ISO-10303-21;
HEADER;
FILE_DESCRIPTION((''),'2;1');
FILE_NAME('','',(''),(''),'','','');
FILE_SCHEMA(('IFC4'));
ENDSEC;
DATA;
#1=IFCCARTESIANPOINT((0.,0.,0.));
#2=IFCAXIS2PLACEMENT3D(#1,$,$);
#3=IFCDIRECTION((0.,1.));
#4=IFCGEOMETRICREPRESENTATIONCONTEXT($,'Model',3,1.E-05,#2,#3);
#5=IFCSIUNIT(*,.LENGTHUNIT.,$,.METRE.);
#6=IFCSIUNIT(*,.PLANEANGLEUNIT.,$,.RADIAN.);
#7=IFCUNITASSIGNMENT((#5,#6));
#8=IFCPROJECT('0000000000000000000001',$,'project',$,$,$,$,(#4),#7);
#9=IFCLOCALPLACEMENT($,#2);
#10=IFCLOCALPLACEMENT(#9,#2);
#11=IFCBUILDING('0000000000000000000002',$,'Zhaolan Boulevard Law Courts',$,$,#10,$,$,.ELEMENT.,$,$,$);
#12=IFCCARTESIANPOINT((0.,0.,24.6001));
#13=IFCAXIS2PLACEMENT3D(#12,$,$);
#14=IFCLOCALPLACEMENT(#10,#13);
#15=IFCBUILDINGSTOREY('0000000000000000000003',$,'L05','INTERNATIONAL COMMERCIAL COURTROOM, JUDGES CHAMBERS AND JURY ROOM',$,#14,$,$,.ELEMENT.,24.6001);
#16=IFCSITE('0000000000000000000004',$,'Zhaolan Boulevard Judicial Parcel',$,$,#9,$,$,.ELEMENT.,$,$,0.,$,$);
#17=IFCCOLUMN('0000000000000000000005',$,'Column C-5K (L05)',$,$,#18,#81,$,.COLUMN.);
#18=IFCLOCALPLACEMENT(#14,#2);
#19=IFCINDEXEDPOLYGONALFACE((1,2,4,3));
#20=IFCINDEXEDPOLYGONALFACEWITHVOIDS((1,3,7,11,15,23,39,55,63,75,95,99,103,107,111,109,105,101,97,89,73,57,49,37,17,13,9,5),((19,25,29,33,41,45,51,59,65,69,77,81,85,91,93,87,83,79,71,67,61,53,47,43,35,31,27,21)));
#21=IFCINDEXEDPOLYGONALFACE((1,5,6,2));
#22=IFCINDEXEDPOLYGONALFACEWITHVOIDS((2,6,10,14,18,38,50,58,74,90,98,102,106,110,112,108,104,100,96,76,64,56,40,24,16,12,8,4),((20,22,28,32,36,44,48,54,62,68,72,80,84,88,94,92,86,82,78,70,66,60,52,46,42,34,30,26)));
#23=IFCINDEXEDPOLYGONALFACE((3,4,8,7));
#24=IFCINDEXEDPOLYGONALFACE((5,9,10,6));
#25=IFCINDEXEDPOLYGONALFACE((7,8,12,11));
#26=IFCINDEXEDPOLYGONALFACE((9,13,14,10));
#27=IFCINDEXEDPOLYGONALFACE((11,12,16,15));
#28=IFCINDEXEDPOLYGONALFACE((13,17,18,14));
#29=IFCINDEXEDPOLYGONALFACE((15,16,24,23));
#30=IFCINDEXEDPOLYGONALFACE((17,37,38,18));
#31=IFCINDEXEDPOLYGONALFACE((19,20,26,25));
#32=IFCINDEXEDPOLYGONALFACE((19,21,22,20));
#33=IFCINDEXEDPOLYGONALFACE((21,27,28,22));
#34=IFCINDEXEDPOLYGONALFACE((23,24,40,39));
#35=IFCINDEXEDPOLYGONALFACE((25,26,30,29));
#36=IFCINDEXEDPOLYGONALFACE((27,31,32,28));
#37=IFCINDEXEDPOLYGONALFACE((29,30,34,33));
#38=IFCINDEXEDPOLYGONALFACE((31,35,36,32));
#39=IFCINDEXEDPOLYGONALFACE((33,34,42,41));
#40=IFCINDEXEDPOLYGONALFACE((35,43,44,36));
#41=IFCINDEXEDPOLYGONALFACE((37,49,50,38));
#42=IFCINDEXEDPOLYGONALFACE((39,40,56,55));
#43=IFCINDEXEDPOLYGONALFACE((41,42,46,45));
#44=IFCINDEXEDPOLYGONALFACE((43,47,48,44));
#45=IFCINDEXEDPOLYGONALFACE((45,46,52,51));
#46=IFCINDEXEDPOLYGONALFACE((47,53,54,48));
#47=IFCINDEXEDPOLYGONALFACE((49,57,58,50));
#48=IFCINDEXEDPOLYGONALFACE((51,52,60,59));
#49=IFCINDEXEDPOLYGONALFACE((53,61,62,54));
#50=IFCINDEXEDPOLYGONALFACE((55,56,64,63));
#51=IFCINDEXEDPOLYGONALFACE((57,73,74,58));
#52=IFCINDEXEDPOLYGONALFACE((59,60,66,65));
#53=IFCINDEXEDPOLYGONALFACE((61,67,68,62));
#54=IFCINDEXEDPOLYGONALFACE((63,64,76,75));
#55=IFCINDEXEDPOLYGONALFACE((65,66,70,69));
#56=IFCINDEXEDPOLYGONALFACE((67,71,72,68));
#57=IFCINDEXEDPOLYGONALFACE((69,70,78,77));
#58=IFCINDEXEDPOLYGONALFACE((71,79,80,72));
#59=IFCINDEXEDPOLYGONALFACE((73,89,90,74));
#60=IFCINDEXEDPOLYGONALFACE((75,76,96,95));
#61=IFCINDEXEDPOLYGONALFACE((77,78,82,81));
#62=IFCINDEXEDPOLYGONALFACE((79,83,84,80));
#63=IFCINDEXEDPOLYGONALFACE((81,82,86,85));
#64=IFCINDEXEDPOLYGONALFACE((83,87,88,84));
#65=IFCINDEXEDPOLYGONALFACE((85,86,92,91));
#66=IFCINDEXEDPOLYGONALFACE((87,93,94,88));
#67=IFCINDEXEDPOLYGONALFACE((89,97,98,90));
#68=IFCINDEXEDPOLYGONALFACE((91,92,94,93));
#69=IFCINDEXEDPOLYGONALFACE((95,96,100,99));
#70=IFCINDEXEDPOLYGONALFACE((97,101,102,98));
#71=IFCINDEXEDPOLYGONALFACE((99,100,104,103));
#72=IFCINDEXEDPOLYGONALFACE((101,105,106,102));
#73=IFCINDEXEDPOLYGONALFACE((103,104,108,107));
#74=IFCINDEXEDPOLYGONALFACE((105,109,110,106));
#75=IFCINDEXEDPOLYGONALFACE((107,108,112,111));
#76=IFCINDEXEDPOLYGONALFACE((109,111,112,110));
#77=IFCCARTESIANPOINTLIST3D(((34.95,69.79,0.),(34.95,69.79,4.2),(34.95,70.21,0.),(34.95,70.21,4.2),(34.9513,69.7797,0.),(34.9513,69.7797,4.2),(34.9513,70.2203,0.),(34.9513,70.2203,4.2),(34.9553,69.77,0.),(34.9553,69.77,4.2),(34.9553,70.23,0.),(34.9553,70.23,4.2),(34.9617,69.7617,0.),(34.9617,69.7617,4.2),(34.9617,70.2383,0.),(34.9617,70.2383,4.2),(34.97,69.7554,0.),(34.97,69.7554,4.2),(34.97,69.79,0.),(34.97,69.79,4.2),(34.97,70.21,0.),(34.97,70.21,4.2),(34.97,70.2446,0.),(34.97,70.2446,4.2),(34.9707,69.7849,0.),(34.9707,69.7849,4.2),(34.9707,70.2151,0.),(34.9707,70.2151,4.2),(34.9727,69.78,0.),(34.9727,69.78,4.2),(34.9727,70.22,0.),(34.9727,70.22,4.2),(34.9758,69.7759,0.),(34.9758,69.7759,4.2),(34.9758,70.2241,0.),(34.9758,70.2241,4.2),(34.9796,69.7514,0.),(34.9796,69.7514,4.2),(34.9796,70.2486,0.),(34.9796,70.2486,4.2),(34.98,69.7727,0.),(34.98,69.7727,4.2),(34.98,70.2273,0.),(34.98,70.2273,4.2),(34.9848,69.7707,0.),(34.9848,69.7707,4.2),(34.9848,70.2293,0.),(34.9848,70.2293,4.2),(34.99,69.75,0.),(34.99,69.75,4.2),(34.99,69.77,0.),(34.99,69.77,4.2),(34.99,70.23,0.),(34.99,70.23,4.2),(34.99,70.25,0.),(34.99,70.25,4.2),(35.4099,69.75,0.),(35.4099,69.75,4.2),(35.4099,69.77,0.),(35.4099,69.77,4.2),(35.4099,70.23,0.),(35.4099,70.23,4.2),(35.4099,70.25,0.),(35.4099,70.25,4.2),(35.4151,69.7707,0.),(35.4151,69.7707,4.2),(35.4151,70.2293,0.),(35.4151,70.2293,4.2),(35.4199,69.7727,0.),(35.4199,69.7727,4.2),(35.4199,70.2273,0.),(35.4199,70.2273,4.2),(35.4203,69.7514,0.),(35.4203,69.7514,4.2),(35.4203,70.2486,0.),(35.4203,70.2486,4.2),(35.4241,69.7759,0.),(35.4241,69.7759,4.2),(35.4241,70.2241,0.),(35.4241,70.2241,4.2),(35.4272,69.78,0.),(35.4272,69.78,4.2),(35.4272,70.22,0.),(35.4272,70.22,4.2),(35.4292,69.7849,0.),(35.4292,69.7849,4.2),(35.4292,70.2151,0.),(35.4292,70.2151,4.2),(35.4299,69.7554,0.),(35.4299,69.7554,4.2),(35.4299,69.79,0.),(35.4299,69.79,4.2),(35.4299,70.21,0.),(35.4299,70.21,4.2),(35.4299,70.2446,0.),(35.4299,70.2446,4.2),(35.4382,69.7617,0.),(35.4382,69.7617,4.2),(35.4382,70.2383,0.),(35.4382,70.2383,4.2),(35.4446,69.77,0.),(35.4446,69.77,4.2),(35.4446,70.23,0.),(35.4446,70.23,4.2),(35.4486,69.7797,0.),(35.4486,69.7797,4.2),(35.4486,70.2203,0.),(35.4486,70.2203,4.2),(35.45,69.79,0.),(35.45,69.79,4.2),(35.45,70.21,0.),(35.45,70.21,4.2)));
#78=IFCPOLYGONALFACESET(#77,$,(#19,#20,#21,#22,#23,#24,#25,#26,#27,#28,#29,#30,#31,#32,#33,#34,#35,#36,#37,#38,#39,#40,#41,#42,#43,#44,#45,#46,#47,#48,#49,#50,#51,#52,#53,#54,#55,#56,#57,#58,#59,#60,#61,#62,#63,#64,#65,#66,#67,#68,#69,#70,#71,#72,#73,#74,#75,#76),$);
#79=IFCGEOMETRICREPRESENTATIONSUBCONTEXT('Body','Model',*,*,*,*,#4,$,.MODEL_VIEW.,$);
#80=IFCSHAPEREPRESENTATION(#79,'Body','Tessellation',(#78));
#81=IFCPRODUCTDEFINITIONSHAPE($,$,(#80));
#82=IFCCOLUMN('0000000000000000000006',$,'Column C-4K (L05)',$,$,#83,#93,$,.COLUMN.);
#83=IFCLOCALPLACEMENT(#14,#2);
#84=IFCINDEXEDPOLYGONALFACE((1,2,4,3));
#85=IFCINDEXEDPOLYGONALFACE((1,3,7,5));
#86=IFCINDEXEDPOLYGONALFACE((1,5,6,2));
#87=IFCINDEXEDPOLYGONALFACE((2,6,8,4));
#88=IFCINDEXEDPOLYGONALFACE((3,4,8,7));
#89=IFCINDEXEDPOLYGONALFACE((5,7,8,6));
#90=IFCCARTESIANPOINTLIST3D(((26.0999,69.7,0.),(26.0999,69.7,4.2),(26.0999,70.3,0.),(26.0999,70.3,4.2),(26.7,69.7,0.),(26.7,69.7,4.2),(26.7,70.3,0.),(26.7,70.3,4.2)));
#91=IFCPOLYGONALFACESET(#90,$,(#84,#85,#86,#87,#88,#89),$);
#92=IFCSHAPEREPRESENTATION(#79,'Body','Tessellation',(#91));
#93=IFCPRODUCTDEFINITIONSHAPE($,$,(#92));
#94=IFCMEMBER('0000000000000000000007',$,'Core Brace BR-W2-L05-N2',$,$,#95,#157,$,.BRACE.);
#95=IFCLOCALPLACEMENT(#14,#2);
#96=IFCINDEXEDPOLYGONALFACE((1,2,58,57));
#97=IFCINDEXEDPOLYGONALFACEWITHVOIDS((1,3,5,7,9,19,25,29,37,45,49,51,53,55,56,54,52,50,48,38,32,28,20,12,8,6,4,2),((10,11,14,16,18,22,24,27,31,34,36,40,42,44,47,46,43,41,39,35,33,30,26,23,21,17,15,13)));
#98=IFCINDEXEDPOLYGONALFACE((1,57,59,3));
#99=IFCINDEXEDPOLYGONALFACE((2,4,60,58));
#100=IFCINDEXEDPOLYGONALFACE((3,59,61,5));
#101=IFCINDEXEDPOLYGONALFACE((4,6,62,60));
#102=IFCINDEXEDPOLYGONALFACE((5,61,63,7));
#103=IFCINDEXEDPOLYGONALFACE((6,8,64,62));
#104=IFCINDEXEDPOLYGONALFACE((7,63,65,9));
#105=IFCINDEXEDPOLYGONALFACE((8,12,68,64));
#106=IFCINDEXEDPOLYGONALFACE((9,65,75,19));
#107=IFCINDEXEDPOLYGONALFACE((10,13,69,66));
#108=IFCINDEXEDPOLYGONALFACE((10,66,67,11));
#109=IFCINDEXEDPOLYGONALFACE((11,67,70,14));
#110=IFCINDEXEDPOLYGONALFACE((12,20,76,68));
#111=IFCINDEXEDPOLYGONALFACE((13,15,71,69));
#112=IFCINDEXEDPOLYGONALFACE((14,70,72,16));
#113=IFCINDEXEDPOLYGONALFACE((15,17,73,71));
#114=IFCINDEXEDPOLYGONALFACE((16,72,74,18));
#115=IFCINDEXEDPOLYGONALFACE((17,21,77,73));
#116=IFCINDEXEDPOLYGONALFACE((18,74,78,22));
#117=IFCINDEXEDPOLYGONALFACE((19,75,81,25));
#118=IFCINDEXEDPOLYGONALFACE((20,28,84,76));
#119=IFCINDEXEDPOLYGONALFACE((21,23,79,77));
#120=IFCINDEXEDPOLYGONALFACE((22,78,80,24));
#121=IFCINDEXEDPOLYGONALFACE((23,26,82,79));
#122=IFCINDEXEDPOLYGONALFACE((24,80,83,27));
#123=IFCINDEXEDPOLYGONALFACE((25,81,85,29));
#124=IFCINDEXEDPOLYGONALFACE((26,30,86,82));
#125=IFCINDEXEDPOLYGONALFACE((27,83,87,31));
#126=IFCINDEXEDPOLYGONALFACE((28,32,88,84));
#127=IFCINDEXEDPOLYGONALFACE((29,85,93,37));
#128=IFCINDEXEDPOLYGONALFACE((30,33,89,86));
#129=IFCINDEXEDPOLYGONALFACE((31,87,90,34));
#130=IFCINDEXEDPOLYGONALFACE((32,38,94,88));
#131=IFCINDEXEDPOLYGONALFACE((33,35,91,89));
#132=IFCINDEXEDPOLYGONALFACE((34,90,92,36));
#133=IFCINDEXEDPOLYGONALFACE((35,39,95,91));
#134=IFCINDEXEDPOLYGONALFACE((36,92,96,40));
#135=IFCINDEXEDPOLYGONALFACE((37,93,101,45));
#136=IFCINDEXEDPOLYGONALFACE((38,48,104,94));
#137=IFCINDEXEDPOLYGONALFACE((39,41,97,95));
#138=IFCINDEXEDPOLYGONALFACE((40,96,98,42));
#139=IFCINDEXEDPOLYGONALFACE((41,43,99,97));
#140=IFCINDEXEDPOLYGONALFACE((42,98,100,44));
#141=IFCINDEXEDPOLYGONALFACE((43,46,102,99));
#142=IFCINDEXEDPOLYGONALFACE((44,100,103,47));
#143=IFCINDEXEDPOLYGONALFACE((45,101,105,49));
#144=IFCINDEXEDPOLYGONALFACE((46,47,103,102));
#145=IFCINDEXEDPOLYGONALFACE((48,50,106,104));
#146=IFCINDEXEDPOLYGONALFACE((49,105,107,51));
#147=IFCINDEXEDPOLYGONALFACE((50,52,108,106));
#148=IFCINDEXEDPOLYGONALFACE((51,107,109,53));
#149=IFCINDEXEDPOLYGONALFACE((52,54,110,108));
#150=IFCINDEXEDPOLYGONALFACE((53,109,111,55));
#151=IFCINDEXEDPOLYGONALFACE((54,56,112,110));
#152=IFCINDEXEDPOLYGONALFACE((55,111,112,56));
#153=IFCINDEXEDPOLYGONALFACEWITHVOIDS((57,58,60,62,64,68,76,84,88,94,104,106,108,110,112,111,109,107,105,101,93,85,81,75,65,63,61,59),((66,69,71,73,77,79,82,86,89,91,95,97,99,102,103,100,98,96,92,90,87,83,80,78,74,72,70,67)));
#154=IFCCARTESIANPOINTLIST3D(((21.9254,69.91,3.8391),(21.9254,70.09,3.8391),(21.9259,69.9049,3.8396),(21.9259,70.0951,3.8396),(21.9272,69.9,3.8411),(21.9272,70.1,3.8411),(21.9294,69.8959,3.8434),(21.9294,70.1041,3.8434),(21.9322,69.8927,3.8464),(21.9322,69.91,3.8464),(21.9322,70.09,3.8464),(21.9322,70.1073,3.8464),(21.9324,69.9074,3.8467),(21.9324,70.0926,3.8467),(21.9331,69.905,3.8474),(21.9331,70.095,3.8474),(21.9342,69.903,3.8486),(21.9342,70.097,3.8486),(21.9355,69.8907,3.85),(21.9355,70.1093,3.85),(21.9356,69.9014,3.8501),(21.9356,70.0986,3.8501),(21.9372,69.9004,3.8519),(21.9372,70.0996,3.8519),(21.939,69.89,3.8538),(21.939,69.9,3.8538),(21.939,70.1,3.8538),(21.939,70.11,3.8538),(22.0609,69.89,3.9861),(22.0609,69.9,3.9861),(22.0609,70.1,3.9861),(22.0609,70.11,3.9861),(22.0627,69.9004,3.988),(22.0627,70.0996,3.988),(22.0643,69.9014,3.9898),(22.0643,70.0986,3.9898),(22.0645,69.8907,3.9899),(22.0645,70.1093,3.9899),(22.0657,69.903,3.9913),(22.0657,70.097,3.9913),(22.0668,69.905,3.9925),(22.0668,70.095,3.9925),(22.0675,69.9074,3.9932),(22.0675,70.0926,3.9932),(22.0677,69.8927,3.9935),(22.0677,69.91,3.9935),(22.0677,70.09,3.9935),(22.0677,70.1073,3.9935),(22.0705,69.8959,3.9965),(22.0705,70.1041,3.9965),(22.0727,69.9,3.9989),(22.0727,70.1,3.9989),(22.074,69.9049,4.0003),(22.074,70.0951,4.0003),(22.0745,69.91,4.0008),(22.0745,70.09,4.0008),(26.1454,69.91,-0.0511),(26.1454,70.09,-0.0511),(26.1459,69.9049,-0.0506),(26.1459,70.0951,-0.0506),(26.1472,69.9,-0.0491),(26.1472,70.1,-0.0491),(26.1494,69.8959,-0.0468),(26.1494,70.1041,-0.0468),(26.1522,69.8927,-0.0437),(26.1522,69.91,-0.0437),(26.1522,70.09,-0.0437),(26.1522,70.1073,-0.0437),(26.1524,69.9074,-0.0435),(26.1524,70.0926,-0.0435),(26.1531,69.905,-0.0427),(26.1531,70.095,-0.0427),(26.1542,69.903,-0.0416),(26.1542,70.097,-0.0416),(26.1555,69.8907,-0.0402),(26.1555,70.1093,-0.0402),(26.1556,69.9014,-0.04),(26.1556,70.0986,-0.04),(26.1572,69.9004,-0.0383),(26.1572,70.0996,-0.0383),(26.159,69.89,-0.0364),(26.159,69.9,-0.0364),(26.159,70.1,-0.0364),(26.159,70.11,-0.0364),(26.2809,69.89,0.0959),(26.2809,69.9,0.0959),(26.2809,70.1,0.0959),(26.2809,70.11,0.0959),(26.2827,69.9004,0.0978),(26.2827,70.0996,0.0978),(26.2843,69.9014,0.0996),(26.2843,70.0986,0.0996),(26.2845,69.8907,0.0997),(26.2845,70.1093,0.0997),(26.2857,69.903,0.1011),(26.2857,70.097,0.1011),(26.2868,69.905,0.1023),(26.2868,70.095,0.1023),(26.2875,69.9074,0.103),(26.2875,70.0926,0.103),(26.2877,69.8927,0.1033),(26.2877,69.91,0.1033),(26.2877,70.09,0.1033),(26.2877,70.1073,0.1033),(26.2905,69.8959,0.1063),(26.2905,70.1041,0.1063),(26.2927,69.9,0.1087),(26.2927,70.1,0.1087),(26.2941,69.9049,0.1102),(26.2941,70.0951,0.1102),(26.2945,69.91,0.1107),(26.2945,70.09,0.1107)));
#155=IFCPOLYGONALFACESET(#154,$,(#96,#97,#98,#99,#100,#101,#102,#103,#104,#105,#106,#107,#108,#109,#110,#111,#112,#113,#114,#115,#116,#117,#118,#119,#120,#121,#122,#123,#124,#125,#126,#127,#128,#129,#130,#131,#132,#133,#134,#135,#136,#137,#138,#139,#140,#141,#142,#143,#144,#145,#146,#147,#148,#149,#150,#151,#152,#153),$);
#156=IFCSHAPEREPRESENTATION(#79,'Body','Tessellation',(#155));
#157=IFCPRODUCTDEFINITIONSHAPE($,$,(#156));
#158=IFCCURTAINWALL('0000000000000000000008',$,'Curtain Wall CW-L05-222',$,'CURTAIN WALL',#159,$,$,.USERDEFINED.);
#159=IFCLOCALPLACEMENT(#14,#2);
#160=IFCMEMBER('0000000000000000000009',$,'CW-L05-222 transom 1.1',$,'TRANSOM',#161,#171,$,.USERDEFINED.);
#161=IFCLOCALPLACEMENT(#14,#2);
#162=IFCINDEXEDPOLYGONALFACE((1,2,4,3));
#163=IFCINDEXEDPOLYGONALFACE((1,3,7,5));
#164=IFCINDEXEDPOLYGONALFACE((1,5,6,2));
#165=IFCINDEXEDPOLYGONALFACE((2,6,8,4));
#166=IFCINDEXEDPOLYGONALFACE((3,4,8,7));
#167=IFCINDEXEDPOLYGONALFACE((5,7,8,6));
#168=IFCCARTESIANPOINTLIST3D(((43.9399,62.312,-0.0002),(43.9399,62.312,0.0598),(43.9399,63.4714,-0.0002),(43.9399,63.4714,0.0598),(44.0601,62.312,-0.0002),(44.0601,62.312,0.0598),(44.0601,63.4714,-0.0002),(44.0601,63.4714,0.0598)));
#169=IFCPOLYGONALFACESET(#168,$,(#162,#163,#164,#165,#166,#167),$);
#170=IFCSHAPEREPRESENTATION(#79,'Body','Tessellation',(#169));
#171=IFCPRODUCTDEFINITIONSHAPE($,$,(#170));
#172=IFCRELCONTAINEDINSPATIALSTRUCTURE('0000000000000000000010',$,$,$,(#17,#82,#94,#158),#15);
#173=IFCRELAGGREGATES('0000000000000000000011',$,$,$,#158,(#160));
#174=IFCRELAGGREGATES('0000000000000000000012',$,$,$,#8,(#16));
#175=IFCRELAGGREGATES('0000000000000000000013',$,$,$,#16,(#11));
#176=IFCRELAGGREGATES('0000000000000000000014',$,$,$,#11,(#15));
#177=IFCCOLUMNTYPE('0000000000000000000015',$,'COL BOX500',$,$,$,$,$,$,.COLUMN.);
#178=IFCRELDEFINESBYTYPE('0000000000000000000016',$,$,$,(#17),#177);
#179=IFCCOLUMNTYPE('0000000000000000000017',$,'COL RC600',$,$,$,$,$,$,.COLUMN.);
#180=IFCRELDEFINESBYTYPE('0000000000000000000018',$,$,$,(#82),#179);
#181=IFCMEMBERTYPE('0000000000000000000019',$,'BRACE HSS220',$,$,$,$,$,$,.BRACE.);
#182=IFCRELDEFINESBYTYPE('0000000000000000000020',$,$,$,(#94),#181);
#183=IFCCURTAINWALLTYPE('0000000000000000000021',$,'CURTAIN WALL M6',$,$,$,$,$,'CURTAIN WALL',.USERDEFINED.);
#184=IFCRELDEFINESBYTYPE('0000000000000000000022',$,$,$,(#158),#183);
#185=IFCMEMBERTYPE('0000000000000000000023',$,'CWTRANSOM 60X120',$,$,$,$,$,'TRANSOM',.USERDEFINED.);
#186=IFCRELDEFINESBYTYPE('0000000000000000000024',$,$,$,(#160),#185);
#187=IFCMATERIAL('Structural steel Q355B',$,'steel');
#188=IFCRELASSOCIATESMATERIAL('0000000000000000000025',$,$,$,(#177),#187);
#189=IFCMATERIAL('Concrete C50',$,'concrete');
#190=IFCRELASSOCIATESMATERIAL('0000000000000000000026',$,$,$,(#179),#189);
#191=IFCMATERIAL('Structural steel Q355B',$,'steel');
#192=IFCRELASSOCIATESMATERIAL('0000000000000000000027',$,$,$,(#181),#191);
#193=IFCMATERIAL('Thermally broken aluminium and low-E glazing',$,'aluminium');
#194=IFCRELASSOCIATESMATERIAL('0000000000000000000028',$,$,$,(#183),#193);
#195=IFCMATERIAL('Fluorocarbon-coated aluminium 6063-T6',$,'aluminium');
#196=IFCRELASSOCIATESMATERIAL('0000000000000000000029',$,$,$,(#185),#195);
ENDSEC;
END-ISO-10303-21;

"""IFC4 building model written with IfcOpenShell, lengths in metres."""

from ifc_helpers import new_model, si_unit, direction, frame, origin, origin_2d, place, context, subcontext, project, spatial, rectangle, hollow_rectangle, extrude, material, material_profile, profile_set, type_object, element, aggregate, save


model = new_model("IFC4")

# Units and contexts
model_context = context("Model", 3, precision=1e-05, world=origin(), true_north=direction((0.0, 1.0)))
body_context = subcontext(model_context, "Body", "Model", "MODEL_VIEW")
ifc_project = project(units=[si_unit("LENGTHUNIT", "METRE"), si_unit("PLANEANGLEUNIT", "RADIAN")], contexts=[model_context])

# Site, building, storey
site_placement = place(None, origin())
site = spatial("IfcSite", under=ifc_project, at=site_placement, Name="Zhaolan Boulevard Judicial Parcel", CompositionType="ELEMENT", RefElevation=0.0)
building_placement = place(site_placement, origin())
building = spatial("IfcBuilding", under=site, at=building_placement, Name="Zhaolan Boulevard Law Courts", CompositionType="ELEMENT")
storey_placement = place(building_placement, frame((0.0, 0.0, 24.6001)))
storey = spatial("IfcBuildingStorey", under=building, at=storey_placement, Name="L05", Description="INTERNATIONAL COMMERCIAL COURTROOM, JUDGES CHAMBERS AND JURY ROOM", CompositionType="ELEMENT", Elevation=24.6001)

# Columns
ifc_material_1 = material(Name="Structural steel Q355B", Category="steel")
ifc_material_profile_1 = material_profile(ifc_material_1, hollow_rectangle(XDim=0.5, YDim=0.5, WallThickness=0.02, InnerFilletRadius=0.02, OuterFilletRadius=0.04, at=origin_2d()), Name="BOX500x500x20")
ifc_profile_set_1 = profile_set([ifc_material_profile_1], Name="Structural steel Q355B")
column_type_1 = type_object("IfcColumnType", Name="COL BOX500", PredefinedType="COLUMN", material=ifc_profile_set_1)
column_1_placement = place(storey_placement, frame((35.2, 70.0, 0.0), z_axis=(0.0, 0.0, 1.0), x_axis=(1.0, 0.0, 0.0)))
element("IfcColumn", 1, at=column_1_placement, inside=storey, type_object=column_type_1, Name="Column C-5K (L05)", PredefinedType="COLUMN", context=body_context, shape_type="SweptSolid", body=[
    extrude(hollow_rectangle(XDim=0.5, YDim=0.5, WallThickness=0.02, InnerFilletRadius=0.02, OuterFilletRadius=0.04, at=origin_2d()), origin(), (0.0, 0.0, 1.0), 4.2),
])
ifc_material_2 = material(Name="Concrete C50", Category="concrete")
ifc_material_profile_2 = material_profile(ifc_material_2, rectangle(XDim=0.6001, YDim=0.6001, at=origin_2d()), Name="RC600x600")
ifc_profile_set_2 = profile_set([ifc_material_profile_2], Name="Concrete C50")
column_type_2 = type_object("IfcColumnType", Name="COL RC600", PredefinedType="COLUMN", material=ifc_profile_set_2)
column_2_placement = place(storey_placement, frame((26.3999, 70.0, 0.0), z_axis=(0.0, 0.0, 1.0), x_axis=(1.0, 0.0, 0.0)))
element("IfcColumn", 2, at=column_2_placement, inside=storey, type_object=column_type_2, Name="Column C-4K (L05)", PredefinedType="COLUMN", context=body_context, shape_type="SweptSolid", body=[
    extrude(rectangle(XDim=0.6001, YDim=0.6001, at=origin_2d()), origin(), (0.0, 0.0, 1.0), 4.2),
])

# Member
ifc_material_3 = material(Name="Structural steel Q355B", Category="steel")
ifc_material_profile_3 = material_profile(ifc_material_3, hollow_rectangle(XDim=0.22, YDim=0.22, WallThickness=0.01, InnerFilletRadius=0.01, OuterFilletRadius=0.02, at=origin_2d()), Name="HSS220x220x10")
ifc_profile_set_3 = profile_set([ifc_material_profile_3], Name="Structural steel Q355B")
member_type_1 = type_object("IfcMemberType", Name="BRACE HSS220", PredefinedType="BRACE", material=ifc_profile_set_3)
member_1_placement = place(storey_placement, frame((26.22, 70.0, 0.0298), z_axis=(-0.735257, 0.0, 0.677789), x_axis=(0.0, -1.0, 0.0)))
element("IfcMember", 3, at=member_1_placement, inside=storey, type_object=member_type_1, Name="Core Brace BR-W2-L05-N2", PredefinedType="BRACE", context=body_context, shape_type="SweptSolid", body=[
    extrude(hollow_rectangle(XDim=0.22, YDim=0.22, WallThickness=0.01, InnerFilletRadius=0.01, OuterFilletRadius=0.02, at=origin_2d()), origin(), (0.0, 0.0, 1.0), 5.7395),
])

# Curtain wall, member
ifc_material_4 = material(Name="Thermally broken aluminium and low-E glazing", Category="aluminium")
curtain_wall_type = type_object("IfcCurtainWallType", Name="CURTAIN WALL M6", ElementType="CURTAIN WALL", PredefinedType="USERDEFINED", material=ifc_material_4)
curtain_wall_placement = place(storey_placement, origin())
curtain_wall = element("IfcCurtainWall", 4, at=curtain_wall_placement, inside=storey, type_object=curtain_wall_type, Name="Curtain Wall CW-L05-222", ObjectType="CURTAIN WALL", PredefinedType="USERDEFINED")
ifc_material_5 = material(Name="Fluorocarbon-coated aluminium 6063-T6", Category="aluminium")
ifc_material_profile_4 = material_profile(ifc_material_5, rectangle(XDim=0.1201, YDim=0.0601, at=origin_2d()), Name="AL60x120")
ifc_profile_set_4 = profile_set([ifc_material_profile_4], Name="Fluorocarbon-coated aluminium 6063-T6")
member_type_2 = type_object("IfcMemberType", Name="CWTRANSOM 60X120", ElementType="TRANSOM", PredefinedType="USERDEFINED", material=ifc_profile_set_4)
member_2_placement = place(storey_placement, frame((44.0, 62.312, 0.0298), z_axis=(0.0, 1.0, 0.0), x_axis=(-1.0, 0.0, 0.0)))
member_2 = element("IfcMember", 5, at=member_2_placement, type_object=member_type_2, Name="CW-L05-222 transom 1.1", ObjectType="TRANSOM", PredefinedType="USERDEFINED", context=body_context, shape_type="SweptSolid", body=[
    extrude(rectangle(XDim=0.1201, YDim=0.0601, at=origin_2d()), origin(), (0.0, 0.0, 1.0), 1.1594),
])
aggregate(curtain_wall, [member_2])

save(model, "model.ifc")
